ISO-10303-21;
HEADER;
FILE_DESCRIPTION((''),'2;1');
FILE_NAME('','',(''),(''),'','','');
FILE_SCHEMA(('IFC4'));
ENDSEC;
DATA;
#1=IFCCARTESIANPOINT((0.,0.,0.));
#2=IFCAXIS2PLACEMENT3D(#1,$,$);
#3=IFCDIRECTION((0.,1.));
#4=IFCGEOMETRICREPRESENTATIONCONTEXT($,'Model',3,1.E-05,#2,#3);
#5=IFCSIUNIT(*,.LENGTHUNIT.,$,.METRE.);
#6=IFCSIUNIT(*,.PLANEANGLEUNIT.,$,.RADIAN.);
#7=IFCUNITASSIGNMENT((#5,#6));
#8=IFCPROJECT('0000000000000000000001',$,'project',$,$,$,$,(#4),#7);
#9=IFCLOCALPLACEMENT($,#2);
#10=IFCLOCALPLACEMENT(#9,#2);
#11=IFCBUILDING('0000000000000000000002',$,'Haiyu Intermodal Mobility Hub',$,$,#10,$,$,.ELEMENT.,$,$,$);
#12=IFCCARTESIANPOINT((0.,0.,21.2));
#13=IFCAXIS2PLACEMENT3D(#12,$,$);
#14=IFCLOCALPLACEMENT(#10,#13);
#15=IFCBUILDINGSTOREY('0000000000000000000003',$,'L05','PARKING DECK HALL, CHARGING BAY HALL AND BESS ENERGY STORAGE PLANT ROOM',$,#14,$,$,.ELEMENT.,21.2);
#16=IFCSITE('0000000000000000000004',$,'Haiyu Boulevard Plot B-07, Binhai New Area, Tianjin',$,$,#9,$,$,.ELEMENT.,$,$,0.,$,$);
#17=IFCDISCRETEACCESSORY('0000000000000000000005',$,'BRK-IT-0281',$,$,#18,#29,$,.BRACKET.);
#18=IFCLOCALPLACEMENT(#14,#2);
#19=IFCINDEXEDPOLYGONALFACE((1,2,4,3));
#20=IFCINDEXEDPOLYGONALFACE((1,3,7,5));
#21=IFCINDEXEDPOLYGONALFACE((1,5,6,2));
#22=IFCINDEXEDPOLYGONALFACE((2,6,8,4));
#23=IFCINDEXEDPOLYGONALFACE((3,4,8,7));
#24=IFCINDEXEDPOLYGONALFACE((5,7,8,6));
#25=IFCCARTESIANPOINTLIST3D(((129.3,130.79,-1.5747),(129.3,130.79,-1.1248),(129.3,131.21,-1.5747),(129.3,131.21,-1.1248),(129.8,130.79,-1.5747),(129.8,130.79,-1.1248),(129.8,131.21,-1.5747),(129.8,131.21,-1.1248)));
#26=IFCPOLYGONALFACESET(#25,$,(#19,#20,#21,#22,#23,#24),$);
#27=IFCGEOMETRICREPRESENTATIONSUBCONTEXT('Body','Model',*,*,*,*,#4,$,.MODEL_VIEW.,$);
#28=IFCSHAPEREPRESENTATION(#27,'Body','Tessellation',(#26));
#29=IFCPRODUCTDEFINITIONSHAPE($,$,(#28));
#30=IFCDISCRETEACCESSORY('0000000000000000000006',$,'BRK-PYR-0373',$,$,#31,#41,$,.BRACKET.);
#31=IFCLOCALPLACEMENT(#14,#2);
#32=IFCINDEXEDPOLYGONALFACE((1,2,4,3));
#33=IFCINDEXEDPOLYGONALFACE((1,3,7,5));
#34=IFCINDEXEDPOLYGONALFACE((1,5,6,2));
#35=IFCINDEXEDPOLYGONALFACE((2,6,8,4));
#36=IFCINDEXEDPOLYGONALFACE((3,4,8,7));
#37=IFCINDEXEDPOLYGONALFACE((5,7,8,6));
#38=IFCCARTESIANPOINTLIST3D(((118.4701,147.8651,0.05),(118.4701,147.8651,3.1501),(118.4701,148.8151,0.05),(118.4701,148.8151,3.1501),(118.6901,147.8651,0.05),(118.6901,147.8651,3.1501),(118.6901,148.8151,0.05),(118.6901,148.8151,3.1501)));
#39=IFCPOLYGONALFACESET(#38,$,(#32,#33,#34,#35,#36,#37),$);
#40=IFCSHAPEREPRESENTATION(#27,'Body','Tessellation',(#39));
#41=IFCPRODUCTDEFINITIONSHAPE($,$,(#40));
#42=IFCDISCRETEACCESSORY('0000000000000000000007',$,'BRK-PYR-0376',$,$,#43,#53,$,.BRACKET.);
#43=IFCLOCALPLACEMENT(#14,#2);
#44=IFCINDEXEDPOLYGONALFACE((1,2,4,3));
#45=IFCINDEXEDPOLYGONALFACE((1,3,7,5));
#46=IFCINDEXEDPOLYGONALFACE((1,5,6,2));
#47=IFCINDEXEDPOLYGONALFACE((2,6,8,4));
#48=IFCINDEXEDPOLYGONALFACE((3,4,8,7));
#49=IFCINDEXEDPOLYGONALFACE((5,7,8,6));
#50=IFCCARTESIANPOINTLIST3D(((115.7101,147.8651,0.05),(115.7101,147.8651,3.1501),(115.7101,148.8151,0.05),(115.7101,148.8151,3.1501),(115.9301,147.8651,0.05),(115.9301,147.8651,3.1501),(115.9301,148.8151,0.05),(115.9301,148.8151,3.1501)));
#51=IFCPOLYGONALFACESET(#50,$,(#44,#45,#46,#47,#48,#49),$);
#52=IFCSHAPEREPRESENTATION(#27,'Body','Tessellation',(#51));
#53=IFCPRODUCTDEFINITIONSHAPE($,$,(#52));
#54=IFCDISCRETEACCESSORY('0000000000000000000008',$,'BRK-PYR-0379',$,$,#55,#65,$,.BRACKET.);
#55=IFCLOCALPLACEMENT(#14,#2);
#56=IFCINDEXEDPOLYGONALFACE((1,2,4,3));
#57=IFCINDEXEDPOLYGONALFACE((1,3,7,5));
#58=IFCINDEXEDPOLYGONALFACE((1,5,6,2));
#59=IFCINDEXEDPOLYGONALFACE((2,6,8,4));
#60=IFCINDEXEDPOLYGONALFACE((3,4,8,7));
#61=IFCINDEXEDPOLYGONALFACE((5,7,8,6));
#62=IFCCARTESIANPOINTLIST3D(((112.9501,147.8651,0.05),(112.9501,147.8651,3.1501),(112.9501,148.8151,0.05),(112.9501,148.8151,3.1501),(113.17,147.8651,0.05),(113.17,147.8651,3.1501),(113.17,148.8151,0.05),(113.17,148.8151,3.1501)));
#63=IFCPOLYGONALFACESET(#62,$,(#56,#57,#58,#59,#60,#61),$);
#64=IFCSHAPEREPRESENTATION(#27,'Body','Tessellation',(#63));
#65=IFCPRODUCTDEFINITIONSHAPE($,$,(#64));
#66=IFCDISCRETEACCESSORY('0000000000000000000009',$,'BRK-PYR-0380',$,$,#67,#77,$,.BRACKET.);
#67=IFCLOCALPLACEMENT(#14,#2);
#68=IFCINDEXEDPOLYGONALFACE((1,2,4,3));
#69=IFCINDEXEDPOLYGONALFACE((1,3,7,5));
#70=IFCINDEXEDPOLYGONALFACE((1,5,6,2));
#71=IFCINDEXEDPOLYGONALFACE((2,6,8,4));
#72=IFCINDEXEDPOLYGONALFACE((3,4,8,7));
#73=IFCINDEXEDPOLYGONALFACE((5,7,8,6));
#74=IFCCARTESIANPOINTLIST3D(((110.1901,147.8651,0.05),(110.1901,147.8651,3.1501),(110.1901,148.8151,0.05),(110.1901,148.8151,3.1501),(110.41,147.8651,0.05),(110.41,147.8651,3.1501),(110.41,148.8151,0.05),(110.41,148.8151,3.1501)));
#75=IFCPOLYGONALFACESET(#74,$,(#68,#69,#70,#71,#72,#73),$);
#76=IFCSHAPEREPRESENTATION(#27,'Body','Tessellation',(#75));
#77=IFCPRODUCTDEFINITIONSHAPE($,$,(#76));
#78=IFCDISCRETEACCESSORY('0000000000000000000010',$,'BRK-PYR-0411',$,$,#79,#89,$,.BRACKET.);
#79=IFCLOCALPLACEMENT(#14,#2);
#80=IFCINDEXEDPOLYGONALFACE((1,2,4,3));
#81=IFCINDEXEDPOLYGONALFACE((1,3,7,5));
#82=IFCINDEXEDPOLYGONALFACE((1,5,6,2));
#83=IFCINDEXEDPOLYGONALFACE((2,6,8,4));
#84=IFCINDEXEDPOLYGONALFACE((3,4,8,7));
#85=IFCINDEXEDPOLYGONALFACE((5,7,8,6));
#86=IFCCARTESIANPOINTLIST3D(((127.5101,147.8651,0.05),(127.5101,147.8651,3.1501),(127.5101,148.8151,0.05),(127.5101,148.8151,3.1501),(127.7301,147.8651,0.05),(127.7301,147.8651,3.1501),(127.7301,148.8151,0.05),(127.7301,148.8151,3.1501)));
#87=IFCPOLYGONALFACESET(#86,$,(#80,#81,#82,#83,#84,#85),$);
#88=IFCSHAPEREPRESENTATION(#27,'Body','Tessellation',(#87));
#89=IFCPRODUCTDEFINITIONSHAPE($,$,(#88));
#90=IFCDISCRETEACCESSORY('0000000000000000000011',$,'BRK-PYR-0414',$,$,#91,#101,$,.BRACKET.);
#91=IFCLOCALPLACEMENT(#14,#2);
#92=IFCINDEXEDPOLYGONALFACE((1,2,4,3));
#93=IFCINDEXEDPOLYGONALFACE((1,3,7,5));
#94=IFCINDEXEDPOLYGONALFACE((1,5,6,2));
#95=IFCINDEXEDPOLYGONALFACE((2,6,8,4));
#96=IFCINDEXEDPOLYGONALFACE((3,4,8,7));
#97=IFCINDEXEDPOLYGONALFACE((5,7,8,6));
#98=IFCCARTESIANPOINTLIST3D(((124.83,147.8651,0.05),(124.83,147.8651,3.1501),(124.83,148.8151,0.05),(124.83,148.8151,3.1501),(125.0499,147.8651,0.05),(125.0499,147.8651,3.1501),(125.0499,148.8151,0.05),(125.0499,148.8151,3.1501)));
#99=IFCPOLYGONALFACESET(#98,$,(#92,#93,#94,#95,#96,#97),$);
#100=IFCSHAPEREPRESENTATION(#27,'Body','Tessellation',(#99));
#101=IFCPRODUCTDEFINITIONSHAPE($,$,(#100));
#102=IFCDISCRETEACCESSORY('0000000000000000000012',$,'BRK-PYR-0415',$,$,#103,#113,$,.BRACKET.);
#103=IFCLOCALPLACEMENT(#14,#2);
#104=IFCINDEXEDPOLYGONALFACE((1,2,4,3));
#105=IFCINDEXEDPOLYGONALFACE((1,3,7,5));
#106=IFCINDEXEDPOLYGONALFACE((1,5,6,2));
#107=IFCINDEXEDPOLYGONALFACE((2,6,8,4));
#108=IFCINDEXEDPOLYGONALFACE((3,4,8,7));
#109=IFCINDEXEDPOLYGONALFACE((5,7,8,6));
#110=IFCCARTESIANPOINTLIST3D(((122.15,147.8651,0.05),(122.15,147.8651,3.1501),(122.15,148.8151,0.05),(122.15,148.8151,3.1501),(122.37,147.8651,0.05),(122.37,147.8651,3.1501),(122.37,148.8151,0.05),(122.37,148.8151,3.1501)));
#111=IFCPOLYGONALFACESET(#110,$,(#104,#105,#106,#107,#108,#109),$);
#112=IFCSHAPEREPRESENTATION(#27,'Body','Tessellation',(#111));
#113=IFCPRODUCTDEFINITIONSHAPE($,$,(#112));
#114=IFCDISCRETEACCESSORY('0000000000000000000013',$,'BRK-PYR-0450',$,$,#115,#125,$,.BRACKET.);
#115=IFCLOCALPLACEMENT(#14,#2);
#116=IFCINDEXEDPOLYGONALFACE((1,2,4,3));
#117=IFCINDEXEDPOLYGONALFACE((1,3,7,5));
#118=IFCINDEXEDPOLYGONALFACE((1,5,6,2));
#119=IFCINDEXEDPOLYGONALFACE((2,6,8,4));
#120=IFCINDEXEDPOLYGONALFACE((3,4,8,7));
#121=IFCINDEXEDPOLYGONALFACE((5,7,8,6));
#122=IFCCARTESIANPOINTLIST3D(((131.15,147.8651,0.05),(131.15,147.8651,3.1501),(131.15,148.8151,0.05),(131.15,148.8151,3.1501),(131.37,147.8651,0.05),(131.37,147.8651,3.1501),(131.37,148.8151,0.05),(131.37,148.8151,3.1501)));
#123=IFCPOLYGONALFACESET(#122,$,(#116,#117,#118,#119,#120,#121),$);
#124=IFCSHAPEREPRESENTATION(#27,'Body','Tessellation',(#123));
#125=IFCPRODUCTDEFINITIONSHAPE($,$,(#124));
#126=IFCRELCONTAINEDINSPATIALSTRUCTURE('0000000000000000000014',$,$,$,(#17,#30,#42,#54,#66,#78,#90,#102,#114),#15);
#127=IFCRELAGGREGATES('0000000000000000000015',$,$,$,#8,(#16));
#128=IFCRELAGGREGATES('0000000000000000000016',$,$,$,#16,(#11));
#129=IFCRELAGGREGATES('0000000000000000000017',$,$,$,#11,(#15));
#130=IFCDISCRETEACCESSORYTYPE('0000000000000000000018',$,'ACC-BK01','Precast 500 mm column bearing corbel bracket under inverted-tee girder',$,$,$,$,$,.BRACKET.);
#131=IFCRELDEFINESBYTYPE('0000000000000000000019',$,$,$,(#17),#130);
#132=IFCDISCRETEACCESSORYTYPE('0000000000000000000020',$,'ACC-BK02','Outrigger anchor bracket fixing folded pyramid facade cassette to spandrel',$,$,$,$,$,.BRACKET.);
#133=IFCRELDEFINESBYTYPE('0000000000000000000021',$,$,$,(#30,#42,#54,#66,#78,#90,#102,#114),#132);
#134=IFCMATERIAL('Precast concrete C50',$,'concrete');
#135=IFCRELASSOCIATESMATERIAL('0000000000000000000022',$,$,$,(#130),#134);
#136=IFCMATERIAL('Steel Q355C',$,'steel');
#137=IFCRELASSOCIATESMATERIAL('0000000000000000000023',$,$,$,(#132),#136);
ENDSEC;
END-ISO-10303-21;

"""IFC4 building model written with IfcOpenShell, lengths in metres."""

from ifc_helpers import new_model, si_unit, direction, frame, origin, origin_2d, place, context, subcontext, project, spatial, rectangle, extrude, material, type_object, element, save


model = new_model("IFC4")

# Units and contexts
model_context = context("Model", 3, precision=1e-05, world=origin(), true_north=direction((0.0, 1.0)))
body_context = subcontext(model_context, "Body", "Model", "MODEL_VIEW")
ifc_project = project(units=[si_unit("LENGTHUNIT", "METRE"), si_unit("PLANEANGLEUNIT", "RADIAN")], contexts=[model_context])

# Site, building, storey
site_placement = place(None, origin())
site = spatial("IfcSite", under=ifc_project, at=site_placement, Name="Haiyu Boulevard Plot B-07, Binhai New Area, Tianjin", CompositionType="ELEMENT", RefElevation=0.0)
building_placement = place(site_placement, origin())
building = spatial("IfcBuilding", under=site, at=building_placement, Name="Haiyu Intermodal Mobility Hub", CompositionType="ELEMENT")
storey_placement = place(building_placement, frame((0.0, 0.0, 21.2)))
storey = spatial("IfcBuildingStorey", under=building, at=storey_placement, Name="L05", Description="PARKING DECK HALL, CHARGING BAY HALL AND BESS ENERGY STORAGE PLANT ROOM", CompositionType="ELEMENT", Elevation=21.2)

# Shared definitions
ifc_material_1 = material(Name="Precast concrete C50", Category="concrete")

# Shared definitions
ifc_material_2 = material(Name="Steel Q355C", Category="steel")

# Discrete accessories
discrete_accessory_type_1 = type_object("IfcDiscreteAccessoryType", Name="ACC-BK01", Description="Precast 500 mm column bearing corbel bracket under inverted-tee girder", PredefinedType="BRACKET", material=ifc_material_1)
discrete_accessory_placement = place(storey_placement, frame((129.55, 131.0, -1.5747), z_axis=(0.0, 0.0, 1.0), x_axis=(1.0, 0.0, 0.0)))
element("IfcDiscreteAccessory", 1, at=discrete_accessory_placement, inside=storey, type_object=discrete_accessory_type_1, Name="BRK-IT-0281", PredefinedType="BRACKET", context=body_context, shape_type="SweptSolid", body=[
    extrude(rectangle(XDim=0.5, YDim=0.4199, at=origin_2d()), origin(), (0.0, 0.0, 1.0), 0.45),
])
discrete_accessory_type_2 = type_object("IfcDiscreteAccessoryType", Name="ACC-BK02", Description="Outrigger anchor bracket fixing folded pyramid facade cassette to spandrel", PredefinedType="BRACKET", material=ifc_material_2)
for number, where, z_axis, x_axis, name in (
    (2, (118.5801, 148.3401, 0.05), (0.0, 0.0, 1.0), (1.0, 0.0, 0.0), "BRK-PYR-0373"),
    (3, (115.8201, 148.3401, 0.05), (0.0, 0.0, 1.0), (1.0, 0.0, 0.0), "BRK-PYR-0376"),
    (4, (113.0601, 148.3401, 0.05), (0.0, 0.0, 1.0), (1.0, 0.0, 0.0), "BRK-PYR-0379"),
    (5, (110.3, 148.3401, 0.05), (0.0, 0.0, 1.0), (1.0, 0.0, 0.0), "BRK-PYR-0380"),
    (6, (127.6201, 148.3401, 0.05), (0.0, 0.0, 1.0), (1.0, 0.0, 0.0), "BRK-PYR-0411"),
    (7, (124.9399, 148.3401, 0.05), (0.0, 0.0, 1.0), (1.0, 0.0, 0.0), "BRK-PYR-0414"),
    (8, (122.26, 148.3401, 0.05), (0.0, 0.0, 1.0), (1.0, 0.0, 0.0), "BRK-PYR-0415"),
    (9, (131.26, 148.3401, 0.05), (0.0, 0.0, 1.0), (1.0, 0.0, 0.0), "BRK-PYR-0450"),
):
    element("IfcDiscreteAccessory", number, at=place(storey_placement, frame(where, z_axis=z_axis, x_axis=x_axis)), inside=storey, type_object=discrete_accessory_type_2, Name=name, PredefinedType="BRACKET", context=body_context, shape_type="SweptSolid", body=[
        extrude(rectangle(XDim=0.22, YDim=0.95, at=origin_2d()), origin(), (0.0, 0.0, 1.0), 3.1001),
    ])

save(model, "model.ifc")
